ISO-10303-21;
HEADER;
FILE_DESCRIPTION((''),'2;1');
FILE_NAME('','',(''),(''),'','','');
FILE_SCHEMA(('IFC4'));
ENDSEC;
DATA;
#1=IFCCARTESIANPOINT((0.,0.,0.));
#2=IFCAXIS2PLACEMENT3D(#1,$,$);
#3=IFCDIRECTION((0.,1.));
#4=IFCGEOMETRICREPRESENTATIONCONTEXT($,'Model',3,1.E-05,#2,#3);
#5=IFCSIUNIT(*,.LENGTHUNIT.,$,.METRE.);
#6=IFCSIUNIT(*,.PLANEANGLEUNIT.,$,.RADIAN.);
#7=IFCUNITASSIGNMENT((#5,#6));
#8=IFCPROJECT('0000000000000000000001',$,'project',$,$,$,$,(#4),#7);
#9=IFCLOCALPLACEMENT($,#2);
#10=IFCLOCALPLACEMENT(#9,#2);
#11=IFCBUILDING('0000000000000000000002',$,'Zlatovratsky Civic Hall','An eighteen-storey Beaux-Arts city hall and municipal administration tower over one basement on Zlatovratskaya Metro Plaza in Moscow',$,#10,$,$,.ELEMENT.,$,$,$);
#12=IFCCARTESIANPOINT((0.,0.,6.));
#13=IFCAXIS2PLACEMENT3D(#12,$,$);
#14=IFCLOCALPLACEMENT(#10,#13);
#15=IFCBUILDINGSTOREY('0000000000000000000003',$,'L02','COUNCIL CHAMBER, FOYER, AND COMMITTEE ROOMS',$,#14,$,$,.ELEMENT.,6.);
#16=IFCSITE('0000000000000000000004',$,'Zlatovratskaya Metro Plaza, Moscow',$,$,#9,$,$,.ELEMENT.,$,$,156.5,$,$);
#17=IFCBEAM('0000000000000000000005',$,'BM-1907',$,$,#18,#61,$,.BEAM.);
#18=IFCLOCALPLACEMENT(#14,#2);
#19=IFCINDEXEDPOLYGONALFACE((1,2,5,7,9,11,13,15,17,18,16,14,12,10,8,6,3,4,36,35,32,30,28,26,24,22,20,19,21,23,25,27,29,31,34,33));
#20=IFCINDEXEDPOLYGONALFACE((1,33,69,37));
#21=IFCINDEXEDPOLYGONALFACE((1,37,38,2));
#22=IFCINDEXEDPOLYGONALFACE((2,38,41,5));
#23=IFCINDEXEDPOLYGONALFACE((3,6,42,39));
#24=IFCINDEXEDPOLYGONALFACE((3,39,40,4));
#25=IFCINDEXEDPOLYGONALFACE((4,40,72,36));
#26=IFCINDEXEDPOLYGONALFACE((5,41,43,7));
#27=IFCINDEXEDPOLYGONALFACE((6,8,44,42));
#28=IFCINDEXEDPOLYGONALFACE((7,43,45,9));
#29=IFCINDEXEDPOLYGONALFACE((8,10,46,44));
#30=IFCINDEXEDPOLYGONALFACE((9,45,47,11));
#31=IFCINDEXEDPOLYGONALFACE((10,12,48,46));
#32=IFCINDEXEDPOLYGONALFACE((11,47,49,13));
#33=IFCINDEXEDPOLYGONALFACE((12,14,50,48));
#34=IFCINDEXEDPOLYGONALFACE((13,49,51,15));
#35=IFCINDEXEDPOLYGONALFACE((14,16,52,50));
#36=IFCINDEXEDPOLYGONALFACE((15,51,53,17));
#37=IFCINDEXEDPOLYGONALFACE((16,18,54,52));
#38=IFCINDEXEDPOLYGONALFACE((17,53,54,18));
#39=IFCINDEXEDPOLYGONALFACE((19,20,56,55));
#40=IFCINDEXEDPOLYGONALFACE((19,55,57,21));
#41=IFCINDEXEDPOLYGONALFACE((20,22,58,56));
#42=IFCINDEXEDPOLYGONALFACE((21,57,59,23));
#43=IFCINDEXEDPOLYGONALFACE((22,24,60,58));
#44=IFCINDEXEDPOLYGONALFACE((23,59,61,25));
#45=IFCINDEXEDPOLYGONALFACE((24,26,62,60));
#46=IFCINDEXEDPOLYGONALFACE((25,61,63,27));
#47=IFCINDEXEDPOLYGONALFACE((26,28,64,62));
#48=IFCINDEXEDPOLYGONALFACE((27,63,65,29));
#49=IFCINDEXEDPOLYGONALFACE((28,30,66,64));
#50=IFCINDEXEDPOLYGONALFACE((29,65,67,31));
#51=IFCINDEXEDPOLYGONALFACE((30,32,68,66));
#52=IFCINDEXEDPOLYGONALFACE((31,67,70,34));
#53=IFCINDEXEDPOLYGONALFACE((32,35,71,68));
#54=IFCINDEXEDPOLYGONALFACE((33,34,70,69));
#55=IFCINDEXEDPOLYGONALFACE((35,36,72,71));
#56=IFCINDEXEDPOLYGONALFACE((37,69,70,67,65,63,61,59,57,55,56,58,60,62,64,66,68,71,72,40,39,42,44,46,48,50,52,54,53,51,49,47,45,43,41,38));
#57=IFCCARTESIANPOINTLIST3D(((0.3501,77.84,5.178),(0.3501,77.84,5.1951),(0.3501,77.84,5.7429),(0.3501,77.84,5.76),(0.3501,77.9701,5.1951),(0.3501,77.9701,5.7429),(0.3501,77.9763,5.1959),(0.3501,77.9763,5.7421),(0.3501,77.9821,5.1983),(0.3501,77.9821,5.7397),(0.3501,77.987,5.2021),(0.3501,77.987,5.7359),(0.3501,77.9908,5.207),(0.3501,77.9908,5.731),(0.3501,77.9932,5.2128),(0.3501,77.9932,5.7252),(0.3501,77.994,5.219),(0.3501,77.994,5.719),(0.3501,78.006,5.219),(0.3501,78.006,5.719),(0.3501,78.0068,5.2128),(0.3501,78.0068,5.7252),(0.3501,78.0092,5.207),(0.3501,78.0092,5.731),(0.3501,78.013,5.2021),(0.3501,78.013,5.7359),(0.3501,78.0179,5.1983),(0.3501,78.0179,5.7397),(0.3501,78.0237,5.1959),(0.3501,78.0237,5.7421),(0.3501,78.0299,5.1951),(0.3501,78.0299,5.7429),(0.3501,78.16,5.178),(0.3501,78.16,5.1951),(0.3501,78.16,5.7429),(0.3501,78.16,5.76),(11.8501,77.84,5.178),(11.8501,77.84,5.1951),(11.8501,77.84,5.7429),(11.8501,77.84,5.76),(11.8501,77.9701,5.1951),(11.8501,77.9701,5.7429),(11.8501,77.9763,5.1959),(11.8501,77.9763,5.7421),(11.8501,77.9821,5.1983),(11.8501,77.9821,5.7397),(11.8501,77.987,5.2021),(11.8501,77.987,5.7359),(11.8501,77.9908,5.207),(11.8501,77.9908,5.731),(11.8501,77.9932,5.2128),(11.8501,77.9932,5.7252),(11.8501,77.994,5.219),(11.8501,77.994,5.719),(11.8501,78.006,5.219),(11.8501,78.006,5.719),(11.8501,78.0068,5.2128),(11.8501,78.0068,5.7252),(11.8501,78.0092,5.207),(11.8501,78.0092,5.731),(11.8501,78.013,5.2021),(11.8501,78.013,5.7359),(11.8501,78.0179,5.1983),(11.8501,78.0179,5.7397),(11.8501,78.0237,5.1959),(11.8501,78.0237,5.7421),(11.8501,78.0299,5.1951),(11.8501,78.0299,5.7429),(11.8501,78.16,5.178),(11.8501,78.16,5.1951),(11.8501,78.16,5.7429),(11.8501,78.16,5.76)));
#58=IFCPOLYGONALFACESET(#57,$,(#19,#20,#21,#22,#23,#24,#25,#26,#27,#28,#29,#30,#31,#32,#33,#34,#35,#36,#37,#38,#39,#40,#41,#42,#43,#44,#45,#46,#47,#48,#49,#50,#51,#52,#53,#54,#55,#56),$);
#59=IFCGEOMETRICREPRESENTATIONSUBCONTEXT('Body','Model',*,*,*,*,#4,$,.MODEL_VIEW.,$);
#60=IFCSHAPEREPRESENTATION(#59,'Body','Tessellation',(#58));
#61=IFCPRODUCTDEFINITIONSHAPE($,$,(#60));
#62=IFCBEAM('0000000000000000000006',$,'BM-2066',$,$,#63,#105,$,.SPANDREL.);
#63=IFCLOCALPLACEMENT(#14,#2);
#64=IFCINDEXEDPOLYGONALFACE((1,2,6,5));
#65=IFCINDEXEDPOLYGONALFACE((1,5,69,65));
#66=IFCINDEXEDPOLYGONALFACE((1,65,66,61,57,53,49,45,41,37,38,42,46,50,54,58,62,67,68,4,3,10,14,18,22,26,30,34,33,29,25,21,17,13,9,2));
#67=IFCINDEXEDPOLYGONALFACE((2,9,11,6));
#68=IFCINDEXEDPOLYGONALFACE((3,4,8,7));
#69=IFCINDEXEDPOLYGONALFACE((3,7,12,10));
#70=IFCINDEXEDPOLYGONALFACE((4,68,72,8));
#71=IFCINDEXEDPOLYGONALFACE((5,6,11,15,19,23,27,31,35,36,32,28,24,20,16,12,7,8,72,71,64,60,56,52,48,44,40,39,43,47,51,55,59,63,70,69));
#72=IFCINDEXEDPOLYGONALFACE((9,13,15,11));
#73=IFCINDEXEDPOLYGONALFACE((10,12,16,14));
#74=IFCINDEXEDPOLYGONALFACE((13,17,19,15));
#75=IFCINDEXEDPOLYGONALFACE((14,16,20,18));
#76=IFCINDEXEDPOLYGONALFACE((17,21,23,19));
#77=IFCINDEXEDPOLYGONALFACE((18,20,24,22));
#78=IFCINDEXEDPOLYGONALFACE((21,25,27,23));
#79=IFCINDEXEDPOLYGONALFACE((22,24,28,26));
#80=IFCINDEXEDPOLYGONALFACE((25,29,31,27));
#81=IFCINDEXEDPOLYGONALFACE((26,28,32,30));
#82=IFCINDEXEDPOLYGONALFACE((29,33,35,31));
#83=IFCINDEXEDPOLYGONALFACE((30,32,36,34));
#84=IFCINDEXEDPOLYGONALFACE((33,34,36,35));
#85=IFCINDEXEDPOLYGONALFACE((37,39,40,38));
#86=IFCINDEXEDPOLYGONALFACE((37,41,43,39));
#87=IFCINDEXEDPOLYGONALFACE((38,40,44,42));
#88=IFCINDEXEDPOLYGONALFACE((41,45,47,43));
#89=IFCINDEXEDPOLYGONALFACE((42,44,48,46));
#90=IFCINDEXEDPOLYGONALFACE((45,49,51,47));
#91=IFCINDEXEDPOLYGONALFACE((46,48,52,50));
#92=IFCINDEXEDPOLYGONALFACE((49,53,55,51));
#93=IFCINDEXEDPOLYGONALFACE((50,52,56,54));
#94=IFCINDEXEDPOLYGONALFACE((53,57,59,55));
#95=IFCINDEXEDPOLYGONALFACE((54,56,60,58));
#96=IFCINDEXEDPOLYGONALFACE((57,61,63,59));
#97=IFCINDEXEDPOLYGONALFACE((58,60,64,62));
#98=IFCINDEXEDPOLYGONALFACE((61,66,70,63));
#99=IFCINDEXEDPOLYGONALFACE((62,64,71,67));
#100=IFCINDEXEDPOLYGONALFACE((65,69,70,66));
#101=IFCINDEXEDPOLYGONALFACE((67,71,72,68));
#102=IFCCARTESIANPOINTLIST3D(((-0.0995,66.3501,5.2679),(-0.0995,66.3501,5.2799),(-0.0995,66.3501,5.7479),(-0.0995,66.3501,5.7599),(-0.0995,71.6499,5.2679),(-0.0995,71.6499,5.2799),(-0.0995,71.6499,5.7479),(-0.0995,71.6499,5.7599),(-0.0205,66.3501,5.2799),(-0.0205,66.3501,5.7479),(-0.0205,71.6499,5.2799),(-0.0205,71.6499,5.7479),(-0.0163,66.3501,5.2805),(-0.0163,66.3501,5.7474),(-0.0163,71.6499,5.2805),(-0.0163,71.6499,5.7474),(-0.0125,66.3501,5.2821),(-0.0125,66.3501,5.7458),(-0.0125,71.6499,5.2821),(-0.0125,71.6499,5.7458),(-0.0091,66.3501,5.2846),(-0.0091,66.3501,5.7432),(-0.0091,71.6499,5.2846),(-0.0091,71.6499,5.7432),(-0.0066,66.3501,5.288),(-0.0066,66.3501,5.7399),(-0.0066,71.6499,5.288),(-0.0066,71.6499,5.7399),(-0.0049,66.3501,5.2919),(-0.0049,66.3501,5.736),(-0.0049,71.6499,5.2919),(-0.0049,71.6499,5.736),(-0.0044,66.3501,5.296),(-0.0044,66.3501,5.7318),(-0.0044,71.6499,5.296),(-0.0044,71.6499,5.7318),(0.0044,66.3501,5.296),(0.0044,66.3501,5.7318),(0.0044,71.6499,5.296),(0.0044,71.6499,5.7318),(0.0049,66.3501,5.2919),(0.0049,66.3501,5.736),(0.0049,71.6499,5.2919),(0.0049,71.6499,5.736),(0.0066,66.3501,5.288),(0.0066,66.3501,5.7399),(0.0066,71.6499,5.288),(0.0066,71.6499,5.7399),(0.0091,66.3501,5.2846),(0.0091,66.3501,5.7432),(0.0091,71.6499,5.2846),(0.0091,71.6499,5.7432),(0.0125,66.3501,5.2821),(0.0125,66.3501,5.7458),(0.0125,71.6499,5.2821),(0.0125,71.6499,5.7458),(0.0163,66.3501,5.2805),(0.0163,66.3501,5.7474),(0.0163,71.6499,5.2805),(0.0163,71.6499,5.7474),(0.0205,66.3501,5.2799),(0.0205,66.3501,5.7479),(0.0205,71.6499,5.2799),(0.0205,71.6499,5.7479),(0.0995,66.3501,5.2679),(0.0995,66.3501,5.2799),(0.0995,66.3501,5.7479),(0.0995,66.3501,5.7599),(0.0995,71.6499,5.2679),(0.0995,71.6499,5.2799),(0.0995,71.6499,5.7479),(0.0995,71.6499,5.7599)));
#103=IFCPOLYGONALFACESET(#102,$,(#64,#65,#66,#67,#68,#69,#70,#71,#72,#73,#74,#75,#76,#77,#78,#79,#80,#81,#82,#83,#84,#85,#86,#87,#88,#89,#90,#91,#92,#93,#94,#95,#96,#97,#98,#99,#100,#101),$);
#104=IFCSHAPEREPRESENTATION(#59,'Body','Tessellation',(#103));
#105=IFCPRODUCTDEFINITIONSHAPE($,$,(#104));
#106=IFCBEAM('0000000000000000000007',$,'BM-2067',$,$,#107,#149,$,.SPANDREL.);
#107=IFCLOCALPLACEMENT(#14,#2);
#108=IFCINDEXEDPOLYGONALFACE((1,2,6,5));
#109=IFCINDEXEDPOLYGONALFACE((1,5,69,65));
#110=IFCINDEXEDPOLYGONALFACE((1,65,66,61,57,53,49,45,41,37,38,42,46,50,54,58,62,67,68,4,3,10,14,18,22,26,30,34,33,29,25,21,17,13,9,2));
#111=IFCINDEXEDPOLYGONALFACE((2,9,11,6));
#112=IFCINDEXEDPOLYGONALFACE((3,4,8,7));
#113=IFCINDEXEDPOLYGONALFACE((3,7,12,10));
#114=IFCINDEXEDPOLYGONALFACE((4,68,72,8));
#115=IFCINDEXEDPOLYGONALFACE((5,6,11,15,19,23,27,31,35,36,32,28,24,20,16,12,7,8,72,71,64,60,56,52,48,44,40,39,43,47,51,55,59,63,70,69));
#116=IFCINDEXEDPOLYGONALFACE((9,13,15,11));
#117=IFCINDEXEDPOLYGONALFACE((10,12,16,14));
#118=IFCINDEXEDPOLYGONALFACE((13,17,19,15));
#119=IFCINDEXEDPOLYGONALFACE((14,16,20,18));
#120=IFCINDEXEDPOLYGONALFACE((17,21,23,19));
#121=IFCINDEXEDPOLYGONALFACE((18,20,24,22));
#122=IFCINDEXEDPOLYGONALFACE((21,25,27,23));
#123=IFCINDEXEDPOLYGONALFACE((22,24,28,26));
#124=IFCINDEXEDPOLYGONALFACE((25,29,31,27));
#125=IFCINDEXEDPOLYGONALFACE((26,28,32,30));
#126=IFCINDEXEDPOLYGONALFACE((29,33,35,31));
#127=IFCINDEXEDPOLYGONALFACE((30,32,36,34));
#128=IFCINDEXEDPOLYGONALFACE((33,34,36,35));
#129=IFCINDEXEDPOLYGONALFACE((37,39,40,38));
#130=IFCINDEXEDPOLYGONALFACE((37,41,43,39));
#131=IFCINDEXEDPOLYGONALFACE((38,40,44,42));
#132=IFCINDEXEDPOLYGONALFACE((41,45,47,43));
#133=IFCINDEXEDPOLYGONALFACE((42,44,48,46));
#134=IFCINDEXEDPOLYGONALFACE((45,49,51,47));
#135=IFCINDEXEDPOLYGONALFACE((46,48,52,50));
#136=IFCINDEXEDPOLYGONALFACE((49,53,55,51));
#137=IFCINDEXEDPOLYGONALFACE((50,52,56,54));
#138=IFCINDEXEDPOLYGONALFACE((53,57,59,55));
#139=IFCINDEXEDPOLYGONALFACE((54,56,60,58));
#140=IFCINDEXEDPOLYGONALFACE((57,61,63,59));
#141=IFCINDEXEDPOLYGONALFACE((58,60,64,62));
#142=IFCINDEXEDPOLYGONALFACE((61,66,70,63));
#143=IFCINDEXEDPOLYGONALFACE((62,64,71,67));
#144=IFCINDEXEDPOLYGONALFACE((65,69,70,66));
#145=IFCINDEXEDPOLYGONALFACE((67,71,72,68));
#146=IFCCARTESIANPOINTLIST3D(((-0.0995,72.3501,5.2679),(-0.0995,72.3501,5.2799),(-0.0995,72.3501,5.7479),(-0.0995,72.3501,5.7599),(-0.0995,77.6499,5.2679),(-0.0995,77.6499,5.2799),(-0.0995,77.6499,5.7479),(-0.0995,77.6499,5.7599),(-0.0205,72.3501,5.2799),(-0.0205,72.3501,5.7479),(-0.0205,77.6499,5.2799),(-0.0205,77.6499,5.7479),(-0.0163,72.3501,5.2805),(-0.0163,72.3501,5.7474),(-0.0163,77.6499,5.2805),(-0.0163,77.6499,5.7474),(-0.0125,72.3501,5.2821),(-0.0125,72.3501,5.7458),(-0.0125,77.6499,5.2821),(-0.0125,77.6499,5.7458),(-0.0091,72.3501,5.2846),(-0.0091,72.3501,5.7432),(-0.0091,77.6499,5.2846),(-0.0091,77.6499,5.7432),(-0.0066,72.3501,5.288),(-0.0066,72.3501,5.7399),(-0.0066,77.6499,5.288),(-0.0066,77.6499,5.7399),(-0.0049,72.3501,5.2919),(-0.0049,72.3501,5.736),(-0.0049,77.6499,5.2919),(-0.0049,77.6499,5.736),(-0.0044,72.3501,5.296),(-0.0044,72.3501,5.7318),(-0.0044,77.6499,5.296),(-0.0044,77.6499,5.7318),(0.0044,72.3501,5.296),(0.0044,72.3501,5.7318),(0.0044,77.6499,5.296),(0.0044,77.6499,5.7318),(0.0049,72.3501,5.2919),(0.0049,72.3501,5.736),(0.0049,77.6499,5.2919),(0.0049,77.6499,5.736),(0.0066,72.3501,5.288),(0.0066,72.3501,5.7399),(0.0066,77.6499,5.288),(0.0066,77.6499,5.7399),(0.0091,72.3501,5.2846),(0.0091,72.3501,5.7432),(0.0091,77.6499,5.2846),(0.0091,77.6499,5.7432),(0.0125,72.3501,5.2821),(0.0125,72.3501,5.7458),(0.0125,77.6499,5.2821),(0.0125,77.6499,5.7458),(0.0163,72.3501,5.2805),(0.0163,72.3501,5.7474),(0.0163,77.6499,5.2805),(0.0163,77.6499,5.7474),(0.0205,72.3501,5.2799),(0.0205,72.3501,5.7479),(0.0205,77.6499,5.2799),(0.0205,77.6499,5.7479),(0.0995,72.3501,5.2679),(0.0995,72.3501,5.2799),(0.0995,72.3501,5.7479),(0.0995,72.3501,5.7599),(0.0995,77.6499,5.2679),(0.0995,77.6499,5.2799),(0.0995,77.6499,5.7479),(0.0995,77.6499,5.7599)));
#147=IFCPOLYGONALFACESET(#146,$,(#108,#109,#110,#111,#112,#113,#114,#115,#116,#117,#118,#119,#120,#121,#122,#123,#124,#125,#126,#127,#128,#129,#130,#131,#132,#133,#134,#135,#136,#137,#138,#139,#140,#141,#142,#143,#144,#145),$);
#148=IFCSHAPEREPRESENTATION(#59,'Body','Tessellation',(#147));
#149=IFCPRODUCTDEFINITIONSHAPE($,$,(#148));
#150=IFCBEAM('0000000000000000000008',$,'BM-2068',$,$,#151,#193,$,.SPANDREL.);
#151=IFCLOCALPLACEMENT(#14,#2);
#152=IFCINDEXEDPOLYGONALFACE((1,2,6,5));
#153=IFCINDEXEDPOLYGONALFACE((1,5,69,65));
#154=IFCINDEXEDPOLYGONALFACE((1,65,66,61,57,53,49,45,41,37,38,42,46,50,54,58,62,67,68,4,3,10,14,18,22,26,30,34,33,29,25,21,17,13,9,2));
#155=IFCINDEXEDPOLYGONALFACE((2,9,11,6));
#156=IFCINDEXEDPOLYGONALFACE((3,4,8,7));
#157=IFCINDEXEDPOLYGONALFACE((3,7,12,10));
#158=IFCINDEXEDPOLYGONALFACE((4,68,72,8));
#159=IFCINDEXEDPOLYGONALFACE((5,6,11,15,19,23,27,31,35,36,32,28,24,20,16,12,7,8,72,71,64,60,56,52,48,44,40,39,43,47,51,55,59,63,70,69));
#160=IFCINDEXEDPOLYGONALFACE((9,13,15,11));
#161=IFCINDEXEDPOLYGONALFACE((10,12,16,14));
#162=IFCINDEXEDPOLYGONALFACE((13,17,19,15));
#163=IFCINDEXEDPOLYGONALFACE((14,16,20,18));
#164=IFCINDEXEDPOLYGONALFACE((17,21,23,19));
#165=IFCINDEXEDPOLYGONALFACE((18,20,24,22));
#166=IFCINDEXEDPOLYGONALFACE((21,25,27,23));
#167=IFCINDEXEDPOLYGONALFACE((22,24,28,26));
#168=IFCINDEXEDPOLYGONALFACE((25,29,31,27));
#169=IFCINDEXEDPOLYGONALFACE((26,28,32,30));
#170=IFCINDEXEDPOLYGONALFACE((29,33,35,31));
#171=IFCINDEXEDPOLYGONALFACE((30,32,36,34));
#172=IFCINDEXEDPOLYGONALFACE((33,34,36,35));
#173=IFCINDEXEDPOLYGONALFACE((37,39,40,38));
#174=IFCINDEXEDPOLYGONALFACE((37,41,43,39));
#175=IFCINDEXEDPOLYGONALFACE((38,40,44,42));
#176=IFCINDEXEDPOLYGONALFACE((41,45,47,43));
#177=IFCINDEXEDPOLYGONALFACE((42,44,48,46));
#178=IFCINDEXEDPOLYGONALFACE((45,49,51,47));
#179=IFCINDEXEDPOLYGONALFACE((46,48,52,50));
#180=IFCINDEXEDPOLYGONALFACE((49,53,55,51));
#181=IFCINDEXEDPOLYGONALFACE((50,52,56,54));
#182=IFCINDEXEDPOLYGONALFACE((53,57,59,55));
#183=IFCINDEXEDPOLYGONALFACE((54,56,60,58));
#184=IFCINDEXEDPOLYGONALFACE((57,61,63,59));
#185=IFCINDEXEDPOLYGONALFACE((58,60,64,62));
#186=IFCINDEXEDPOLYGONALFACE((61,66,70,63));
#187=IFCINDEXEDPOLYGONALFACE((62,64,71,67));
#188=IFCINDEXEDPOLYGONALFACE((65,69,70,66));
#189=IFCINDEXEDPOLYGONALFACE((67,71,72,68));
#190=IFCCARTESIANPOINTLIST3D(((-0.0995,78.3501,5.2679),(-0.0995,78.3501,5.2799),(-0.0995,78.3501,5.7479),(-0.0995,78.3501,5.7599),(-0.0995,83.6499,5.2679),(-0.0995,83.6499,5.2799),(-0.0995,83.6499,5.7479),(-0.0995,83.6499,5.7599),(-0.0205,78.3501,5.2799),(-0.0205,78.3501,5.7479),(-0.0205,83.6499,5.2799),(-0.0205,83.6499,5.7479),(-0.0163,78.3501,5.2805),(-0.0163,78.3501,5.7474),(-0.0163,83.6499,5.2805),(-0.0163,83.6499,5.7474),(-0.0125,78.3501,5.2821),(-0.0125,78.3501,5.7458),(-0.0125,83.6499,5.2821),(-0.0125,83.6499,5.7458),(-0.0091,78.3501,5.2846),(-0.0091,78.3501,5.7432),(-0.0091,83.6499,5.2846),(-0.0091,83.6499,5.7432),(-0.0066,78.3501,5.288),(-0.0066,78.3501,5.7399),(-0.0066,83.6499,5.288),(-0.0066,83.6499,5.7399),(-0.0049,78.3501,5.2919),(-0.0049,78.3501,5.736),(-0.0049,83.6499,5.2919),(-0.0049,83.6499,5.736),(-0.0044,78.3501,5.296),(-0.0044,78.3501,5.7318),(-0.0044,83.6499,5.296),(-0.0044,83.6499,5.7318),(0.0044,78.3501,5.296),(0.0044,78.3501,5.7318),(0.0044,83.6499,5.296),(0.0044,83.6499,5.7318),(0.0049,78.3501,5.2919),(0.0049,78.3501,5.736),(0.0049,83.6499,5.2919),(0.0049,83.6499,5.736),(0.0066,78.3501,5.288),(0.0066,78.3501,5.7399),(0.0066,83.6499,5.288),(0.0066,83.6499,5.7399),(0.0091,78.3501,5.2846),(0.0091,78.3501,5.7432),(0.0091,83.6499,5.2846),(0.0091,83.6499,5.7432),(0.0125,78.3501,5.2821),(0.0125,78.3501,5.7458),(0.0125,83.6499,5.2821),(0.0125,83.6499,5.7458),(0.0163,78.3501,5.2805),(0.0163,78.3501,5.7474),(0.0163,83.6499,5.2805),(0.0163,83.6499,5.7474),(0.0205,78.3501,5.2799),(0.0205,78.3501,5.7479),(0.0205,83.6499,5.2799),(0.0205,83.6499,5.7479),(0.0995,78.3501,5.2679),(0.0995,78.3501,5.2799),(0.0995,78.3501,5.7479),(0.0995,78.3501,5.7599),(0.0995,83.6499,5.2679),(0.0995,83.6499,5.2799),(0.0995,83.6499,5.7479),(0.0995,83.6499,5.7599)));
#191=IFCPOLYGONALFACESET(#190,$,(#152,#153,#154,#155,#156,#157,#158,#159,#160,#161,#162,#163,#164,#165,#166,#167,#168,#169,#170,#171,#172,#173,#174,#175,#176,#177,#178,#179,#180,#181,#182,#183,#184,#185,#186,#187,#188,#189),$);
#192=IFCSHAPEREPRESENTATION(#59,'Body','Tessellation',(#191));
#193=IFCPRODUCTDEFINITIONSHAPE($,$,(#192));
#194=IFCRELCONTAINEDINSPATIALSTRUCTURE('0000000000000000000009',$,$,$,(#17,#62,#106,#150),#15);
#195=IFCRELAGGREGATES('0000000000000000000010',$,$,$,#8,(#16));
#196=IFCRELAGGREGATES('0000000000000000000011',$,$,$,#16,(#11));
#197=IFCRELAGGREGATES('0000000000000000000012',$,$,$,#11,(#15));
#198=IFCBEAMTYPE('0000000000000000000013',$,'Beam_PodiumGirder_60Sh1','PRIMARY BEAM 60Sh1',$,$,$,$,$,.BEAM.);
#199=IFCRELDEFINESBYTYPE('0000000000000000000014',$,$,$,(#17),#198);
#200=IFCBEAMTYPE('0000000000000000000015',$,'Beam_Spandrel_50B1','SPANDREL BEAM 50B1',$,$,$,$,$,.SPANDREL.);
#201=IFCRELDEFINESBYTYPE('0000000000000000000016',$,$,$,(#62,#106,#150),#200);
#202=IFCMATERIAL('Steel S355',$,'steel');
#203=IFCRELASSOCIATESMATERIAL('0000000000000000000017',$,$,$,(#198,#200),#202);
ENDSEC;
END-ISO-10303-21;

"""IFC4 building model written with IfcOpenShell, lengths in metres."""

from ifc_helpers import new_model, si_unit, direction, frame, origin, origin_2d, place, context, subcontext, project, spatial, i_section, extrude, material, material_profile, profile_set, type_object, element, save


model = new_model("IFC4")

# Units and contexts
model_context = context("Model", 3, precision=1e-05, world=origin(), true_north=direction((0.0, 1.0)))
body_context = subcontext(model_context, "Body", "Model", "MODEL_VIEW")
ifc_project = project(units=[si_unit("LENGTHUNIT", "METRE"), si_unit("PLANEANGLEUNIT", "RADIAN")], contexts=[model_context])

# Site, building, storey
site_placement = place(None, origin())
site = spatial("IfcSite", under=ifc_project, at=site_placement, Name="Zlatovratskaya Metro Plaza, Moscow", CompositionType="ELEMENT", RefElevation=156.5)
building_placement = place(site_placement, origin())
building = spatial("IfcBuilding", under=site, at=building_placement, Name="Zlatovratsky Civic Hall", Description="An eighteen-storey Beaux-Arts city hall and municipal administration tower over one basement on Zlatovratskaya Metro Plaza in Moscow", CompositionType="ELEMENT")
storey_placement = place(building_placement, frame((0.0, 0.0, 6.0)))
storey = spatial("IfcBuildingStorey", under=building, at=storey_placement, Name="L02", Description="COUNCIL CHAMBER, FOYER, AND COMMITTEE ROOMS", CompositionType="ELEMENT", Elevation=6.0)

# Shared definitions
ifc_material_1 = material(Name="Steel S355", Category="steel")

# Beams
ifc_material_profile_1 = material_profile(ifc_material_1, i_section(OverallWidth=0.3201, OverallDepth=0.582, WebThickness=0.012, FlangeThickness=0.0171, FilletRadius=0.0239, at=origin_2d()), Name="60Sh1")
ifc_profile_set_1 = profile_set([ifc_material_profile_1], Name="Steel S355")
beam_type_1 = type_object("IfcBeamType", Name="Beam_PodiumGirder_60Sh1", Description="PRIMARY BEAM 60Sh1", PredefinedType="BEAM", material=ifc_profile_set_1)
for number, where, z_axis, x_axis, name in (
    (1, (0.3501, 78.0, 5.469), (1.0, 0.0, 0.0), (0.0, 1.0, 0.0), "BM-1907"),
):
    element("IfcBeam", number, at=place(storey_placement, frame(where, z_axis=z_axis, x_axis=x_axis)), inside=storey, type_object=beam_type_1, Name=name, PredefinedType="BEAM", context=body_context, shape_type="SweptSolid", body=[
        extrude(i_section(OverallWidth=0.3201, OverallDepth=0.582, WebThickness=0.012, FlangeThickness=0.0171, FilletRadius=0.0239, at=origin_2d()), origin(), (0.0, 0.0, 1.0), 11.5),
    ])
ifc_material_profile_2 = material_profile(ifc_material_1, i_section(OverallWidth=0.199, OverallDepth=0.4919, WebThickness=0.0088, FlangeThickness=0.012, FilletRadius=0.0161, at=origin_2d()), Name="50B1")
ifc_profile_set_2 = profile_set([ifc_material_profile_2], Name="Steel S355")
beam_type_2 = type_object("IfcBeamType", Name="Beam_Spandrel_50B1", Description="SPANDREL BEAM 50B1", PredefinedType="SPANDREL", material=ifc_profile_set_2)
for number, where, z_axis, x_axis, name in (
    (2, (0.0, 66.3501, 5.5139), (0.0, 1.0, 0.0), (-1.0, 0.0, 0.0), "BM-2066"),
    (3, (0.0, 72.3501, 5.5139), (0.0, 1.0, 0.0), (-1.0, 0.0, 0.0), "BM-2067"),
    (4, (0.0, 78.3501, 5.5139), (0.0, 1.0, 0.0), (-1.0, 0.0, 0.0), "BM-2068"),
):
    element("IfcBeam", number, at=place(storey_placement, frame(where, z_axis=z_axis, x_axis=x_axis)), inside=storey, type_object=beam_type_2, Name=name, PredefinedType="SPANDREL", context=body_context, shape_type="SweptSolid", body=[
        extrude(i_section(OverallWidth=0.199, OverallDepth=0.4919, WebThickness=0.0088, FlangeThickness=0.012, FilletRadius=0.0161, at=origin_2d()), origin(), (0.0, 0.0, 1.0), 5.2998),
    ])

save(model, "model.ifc")
